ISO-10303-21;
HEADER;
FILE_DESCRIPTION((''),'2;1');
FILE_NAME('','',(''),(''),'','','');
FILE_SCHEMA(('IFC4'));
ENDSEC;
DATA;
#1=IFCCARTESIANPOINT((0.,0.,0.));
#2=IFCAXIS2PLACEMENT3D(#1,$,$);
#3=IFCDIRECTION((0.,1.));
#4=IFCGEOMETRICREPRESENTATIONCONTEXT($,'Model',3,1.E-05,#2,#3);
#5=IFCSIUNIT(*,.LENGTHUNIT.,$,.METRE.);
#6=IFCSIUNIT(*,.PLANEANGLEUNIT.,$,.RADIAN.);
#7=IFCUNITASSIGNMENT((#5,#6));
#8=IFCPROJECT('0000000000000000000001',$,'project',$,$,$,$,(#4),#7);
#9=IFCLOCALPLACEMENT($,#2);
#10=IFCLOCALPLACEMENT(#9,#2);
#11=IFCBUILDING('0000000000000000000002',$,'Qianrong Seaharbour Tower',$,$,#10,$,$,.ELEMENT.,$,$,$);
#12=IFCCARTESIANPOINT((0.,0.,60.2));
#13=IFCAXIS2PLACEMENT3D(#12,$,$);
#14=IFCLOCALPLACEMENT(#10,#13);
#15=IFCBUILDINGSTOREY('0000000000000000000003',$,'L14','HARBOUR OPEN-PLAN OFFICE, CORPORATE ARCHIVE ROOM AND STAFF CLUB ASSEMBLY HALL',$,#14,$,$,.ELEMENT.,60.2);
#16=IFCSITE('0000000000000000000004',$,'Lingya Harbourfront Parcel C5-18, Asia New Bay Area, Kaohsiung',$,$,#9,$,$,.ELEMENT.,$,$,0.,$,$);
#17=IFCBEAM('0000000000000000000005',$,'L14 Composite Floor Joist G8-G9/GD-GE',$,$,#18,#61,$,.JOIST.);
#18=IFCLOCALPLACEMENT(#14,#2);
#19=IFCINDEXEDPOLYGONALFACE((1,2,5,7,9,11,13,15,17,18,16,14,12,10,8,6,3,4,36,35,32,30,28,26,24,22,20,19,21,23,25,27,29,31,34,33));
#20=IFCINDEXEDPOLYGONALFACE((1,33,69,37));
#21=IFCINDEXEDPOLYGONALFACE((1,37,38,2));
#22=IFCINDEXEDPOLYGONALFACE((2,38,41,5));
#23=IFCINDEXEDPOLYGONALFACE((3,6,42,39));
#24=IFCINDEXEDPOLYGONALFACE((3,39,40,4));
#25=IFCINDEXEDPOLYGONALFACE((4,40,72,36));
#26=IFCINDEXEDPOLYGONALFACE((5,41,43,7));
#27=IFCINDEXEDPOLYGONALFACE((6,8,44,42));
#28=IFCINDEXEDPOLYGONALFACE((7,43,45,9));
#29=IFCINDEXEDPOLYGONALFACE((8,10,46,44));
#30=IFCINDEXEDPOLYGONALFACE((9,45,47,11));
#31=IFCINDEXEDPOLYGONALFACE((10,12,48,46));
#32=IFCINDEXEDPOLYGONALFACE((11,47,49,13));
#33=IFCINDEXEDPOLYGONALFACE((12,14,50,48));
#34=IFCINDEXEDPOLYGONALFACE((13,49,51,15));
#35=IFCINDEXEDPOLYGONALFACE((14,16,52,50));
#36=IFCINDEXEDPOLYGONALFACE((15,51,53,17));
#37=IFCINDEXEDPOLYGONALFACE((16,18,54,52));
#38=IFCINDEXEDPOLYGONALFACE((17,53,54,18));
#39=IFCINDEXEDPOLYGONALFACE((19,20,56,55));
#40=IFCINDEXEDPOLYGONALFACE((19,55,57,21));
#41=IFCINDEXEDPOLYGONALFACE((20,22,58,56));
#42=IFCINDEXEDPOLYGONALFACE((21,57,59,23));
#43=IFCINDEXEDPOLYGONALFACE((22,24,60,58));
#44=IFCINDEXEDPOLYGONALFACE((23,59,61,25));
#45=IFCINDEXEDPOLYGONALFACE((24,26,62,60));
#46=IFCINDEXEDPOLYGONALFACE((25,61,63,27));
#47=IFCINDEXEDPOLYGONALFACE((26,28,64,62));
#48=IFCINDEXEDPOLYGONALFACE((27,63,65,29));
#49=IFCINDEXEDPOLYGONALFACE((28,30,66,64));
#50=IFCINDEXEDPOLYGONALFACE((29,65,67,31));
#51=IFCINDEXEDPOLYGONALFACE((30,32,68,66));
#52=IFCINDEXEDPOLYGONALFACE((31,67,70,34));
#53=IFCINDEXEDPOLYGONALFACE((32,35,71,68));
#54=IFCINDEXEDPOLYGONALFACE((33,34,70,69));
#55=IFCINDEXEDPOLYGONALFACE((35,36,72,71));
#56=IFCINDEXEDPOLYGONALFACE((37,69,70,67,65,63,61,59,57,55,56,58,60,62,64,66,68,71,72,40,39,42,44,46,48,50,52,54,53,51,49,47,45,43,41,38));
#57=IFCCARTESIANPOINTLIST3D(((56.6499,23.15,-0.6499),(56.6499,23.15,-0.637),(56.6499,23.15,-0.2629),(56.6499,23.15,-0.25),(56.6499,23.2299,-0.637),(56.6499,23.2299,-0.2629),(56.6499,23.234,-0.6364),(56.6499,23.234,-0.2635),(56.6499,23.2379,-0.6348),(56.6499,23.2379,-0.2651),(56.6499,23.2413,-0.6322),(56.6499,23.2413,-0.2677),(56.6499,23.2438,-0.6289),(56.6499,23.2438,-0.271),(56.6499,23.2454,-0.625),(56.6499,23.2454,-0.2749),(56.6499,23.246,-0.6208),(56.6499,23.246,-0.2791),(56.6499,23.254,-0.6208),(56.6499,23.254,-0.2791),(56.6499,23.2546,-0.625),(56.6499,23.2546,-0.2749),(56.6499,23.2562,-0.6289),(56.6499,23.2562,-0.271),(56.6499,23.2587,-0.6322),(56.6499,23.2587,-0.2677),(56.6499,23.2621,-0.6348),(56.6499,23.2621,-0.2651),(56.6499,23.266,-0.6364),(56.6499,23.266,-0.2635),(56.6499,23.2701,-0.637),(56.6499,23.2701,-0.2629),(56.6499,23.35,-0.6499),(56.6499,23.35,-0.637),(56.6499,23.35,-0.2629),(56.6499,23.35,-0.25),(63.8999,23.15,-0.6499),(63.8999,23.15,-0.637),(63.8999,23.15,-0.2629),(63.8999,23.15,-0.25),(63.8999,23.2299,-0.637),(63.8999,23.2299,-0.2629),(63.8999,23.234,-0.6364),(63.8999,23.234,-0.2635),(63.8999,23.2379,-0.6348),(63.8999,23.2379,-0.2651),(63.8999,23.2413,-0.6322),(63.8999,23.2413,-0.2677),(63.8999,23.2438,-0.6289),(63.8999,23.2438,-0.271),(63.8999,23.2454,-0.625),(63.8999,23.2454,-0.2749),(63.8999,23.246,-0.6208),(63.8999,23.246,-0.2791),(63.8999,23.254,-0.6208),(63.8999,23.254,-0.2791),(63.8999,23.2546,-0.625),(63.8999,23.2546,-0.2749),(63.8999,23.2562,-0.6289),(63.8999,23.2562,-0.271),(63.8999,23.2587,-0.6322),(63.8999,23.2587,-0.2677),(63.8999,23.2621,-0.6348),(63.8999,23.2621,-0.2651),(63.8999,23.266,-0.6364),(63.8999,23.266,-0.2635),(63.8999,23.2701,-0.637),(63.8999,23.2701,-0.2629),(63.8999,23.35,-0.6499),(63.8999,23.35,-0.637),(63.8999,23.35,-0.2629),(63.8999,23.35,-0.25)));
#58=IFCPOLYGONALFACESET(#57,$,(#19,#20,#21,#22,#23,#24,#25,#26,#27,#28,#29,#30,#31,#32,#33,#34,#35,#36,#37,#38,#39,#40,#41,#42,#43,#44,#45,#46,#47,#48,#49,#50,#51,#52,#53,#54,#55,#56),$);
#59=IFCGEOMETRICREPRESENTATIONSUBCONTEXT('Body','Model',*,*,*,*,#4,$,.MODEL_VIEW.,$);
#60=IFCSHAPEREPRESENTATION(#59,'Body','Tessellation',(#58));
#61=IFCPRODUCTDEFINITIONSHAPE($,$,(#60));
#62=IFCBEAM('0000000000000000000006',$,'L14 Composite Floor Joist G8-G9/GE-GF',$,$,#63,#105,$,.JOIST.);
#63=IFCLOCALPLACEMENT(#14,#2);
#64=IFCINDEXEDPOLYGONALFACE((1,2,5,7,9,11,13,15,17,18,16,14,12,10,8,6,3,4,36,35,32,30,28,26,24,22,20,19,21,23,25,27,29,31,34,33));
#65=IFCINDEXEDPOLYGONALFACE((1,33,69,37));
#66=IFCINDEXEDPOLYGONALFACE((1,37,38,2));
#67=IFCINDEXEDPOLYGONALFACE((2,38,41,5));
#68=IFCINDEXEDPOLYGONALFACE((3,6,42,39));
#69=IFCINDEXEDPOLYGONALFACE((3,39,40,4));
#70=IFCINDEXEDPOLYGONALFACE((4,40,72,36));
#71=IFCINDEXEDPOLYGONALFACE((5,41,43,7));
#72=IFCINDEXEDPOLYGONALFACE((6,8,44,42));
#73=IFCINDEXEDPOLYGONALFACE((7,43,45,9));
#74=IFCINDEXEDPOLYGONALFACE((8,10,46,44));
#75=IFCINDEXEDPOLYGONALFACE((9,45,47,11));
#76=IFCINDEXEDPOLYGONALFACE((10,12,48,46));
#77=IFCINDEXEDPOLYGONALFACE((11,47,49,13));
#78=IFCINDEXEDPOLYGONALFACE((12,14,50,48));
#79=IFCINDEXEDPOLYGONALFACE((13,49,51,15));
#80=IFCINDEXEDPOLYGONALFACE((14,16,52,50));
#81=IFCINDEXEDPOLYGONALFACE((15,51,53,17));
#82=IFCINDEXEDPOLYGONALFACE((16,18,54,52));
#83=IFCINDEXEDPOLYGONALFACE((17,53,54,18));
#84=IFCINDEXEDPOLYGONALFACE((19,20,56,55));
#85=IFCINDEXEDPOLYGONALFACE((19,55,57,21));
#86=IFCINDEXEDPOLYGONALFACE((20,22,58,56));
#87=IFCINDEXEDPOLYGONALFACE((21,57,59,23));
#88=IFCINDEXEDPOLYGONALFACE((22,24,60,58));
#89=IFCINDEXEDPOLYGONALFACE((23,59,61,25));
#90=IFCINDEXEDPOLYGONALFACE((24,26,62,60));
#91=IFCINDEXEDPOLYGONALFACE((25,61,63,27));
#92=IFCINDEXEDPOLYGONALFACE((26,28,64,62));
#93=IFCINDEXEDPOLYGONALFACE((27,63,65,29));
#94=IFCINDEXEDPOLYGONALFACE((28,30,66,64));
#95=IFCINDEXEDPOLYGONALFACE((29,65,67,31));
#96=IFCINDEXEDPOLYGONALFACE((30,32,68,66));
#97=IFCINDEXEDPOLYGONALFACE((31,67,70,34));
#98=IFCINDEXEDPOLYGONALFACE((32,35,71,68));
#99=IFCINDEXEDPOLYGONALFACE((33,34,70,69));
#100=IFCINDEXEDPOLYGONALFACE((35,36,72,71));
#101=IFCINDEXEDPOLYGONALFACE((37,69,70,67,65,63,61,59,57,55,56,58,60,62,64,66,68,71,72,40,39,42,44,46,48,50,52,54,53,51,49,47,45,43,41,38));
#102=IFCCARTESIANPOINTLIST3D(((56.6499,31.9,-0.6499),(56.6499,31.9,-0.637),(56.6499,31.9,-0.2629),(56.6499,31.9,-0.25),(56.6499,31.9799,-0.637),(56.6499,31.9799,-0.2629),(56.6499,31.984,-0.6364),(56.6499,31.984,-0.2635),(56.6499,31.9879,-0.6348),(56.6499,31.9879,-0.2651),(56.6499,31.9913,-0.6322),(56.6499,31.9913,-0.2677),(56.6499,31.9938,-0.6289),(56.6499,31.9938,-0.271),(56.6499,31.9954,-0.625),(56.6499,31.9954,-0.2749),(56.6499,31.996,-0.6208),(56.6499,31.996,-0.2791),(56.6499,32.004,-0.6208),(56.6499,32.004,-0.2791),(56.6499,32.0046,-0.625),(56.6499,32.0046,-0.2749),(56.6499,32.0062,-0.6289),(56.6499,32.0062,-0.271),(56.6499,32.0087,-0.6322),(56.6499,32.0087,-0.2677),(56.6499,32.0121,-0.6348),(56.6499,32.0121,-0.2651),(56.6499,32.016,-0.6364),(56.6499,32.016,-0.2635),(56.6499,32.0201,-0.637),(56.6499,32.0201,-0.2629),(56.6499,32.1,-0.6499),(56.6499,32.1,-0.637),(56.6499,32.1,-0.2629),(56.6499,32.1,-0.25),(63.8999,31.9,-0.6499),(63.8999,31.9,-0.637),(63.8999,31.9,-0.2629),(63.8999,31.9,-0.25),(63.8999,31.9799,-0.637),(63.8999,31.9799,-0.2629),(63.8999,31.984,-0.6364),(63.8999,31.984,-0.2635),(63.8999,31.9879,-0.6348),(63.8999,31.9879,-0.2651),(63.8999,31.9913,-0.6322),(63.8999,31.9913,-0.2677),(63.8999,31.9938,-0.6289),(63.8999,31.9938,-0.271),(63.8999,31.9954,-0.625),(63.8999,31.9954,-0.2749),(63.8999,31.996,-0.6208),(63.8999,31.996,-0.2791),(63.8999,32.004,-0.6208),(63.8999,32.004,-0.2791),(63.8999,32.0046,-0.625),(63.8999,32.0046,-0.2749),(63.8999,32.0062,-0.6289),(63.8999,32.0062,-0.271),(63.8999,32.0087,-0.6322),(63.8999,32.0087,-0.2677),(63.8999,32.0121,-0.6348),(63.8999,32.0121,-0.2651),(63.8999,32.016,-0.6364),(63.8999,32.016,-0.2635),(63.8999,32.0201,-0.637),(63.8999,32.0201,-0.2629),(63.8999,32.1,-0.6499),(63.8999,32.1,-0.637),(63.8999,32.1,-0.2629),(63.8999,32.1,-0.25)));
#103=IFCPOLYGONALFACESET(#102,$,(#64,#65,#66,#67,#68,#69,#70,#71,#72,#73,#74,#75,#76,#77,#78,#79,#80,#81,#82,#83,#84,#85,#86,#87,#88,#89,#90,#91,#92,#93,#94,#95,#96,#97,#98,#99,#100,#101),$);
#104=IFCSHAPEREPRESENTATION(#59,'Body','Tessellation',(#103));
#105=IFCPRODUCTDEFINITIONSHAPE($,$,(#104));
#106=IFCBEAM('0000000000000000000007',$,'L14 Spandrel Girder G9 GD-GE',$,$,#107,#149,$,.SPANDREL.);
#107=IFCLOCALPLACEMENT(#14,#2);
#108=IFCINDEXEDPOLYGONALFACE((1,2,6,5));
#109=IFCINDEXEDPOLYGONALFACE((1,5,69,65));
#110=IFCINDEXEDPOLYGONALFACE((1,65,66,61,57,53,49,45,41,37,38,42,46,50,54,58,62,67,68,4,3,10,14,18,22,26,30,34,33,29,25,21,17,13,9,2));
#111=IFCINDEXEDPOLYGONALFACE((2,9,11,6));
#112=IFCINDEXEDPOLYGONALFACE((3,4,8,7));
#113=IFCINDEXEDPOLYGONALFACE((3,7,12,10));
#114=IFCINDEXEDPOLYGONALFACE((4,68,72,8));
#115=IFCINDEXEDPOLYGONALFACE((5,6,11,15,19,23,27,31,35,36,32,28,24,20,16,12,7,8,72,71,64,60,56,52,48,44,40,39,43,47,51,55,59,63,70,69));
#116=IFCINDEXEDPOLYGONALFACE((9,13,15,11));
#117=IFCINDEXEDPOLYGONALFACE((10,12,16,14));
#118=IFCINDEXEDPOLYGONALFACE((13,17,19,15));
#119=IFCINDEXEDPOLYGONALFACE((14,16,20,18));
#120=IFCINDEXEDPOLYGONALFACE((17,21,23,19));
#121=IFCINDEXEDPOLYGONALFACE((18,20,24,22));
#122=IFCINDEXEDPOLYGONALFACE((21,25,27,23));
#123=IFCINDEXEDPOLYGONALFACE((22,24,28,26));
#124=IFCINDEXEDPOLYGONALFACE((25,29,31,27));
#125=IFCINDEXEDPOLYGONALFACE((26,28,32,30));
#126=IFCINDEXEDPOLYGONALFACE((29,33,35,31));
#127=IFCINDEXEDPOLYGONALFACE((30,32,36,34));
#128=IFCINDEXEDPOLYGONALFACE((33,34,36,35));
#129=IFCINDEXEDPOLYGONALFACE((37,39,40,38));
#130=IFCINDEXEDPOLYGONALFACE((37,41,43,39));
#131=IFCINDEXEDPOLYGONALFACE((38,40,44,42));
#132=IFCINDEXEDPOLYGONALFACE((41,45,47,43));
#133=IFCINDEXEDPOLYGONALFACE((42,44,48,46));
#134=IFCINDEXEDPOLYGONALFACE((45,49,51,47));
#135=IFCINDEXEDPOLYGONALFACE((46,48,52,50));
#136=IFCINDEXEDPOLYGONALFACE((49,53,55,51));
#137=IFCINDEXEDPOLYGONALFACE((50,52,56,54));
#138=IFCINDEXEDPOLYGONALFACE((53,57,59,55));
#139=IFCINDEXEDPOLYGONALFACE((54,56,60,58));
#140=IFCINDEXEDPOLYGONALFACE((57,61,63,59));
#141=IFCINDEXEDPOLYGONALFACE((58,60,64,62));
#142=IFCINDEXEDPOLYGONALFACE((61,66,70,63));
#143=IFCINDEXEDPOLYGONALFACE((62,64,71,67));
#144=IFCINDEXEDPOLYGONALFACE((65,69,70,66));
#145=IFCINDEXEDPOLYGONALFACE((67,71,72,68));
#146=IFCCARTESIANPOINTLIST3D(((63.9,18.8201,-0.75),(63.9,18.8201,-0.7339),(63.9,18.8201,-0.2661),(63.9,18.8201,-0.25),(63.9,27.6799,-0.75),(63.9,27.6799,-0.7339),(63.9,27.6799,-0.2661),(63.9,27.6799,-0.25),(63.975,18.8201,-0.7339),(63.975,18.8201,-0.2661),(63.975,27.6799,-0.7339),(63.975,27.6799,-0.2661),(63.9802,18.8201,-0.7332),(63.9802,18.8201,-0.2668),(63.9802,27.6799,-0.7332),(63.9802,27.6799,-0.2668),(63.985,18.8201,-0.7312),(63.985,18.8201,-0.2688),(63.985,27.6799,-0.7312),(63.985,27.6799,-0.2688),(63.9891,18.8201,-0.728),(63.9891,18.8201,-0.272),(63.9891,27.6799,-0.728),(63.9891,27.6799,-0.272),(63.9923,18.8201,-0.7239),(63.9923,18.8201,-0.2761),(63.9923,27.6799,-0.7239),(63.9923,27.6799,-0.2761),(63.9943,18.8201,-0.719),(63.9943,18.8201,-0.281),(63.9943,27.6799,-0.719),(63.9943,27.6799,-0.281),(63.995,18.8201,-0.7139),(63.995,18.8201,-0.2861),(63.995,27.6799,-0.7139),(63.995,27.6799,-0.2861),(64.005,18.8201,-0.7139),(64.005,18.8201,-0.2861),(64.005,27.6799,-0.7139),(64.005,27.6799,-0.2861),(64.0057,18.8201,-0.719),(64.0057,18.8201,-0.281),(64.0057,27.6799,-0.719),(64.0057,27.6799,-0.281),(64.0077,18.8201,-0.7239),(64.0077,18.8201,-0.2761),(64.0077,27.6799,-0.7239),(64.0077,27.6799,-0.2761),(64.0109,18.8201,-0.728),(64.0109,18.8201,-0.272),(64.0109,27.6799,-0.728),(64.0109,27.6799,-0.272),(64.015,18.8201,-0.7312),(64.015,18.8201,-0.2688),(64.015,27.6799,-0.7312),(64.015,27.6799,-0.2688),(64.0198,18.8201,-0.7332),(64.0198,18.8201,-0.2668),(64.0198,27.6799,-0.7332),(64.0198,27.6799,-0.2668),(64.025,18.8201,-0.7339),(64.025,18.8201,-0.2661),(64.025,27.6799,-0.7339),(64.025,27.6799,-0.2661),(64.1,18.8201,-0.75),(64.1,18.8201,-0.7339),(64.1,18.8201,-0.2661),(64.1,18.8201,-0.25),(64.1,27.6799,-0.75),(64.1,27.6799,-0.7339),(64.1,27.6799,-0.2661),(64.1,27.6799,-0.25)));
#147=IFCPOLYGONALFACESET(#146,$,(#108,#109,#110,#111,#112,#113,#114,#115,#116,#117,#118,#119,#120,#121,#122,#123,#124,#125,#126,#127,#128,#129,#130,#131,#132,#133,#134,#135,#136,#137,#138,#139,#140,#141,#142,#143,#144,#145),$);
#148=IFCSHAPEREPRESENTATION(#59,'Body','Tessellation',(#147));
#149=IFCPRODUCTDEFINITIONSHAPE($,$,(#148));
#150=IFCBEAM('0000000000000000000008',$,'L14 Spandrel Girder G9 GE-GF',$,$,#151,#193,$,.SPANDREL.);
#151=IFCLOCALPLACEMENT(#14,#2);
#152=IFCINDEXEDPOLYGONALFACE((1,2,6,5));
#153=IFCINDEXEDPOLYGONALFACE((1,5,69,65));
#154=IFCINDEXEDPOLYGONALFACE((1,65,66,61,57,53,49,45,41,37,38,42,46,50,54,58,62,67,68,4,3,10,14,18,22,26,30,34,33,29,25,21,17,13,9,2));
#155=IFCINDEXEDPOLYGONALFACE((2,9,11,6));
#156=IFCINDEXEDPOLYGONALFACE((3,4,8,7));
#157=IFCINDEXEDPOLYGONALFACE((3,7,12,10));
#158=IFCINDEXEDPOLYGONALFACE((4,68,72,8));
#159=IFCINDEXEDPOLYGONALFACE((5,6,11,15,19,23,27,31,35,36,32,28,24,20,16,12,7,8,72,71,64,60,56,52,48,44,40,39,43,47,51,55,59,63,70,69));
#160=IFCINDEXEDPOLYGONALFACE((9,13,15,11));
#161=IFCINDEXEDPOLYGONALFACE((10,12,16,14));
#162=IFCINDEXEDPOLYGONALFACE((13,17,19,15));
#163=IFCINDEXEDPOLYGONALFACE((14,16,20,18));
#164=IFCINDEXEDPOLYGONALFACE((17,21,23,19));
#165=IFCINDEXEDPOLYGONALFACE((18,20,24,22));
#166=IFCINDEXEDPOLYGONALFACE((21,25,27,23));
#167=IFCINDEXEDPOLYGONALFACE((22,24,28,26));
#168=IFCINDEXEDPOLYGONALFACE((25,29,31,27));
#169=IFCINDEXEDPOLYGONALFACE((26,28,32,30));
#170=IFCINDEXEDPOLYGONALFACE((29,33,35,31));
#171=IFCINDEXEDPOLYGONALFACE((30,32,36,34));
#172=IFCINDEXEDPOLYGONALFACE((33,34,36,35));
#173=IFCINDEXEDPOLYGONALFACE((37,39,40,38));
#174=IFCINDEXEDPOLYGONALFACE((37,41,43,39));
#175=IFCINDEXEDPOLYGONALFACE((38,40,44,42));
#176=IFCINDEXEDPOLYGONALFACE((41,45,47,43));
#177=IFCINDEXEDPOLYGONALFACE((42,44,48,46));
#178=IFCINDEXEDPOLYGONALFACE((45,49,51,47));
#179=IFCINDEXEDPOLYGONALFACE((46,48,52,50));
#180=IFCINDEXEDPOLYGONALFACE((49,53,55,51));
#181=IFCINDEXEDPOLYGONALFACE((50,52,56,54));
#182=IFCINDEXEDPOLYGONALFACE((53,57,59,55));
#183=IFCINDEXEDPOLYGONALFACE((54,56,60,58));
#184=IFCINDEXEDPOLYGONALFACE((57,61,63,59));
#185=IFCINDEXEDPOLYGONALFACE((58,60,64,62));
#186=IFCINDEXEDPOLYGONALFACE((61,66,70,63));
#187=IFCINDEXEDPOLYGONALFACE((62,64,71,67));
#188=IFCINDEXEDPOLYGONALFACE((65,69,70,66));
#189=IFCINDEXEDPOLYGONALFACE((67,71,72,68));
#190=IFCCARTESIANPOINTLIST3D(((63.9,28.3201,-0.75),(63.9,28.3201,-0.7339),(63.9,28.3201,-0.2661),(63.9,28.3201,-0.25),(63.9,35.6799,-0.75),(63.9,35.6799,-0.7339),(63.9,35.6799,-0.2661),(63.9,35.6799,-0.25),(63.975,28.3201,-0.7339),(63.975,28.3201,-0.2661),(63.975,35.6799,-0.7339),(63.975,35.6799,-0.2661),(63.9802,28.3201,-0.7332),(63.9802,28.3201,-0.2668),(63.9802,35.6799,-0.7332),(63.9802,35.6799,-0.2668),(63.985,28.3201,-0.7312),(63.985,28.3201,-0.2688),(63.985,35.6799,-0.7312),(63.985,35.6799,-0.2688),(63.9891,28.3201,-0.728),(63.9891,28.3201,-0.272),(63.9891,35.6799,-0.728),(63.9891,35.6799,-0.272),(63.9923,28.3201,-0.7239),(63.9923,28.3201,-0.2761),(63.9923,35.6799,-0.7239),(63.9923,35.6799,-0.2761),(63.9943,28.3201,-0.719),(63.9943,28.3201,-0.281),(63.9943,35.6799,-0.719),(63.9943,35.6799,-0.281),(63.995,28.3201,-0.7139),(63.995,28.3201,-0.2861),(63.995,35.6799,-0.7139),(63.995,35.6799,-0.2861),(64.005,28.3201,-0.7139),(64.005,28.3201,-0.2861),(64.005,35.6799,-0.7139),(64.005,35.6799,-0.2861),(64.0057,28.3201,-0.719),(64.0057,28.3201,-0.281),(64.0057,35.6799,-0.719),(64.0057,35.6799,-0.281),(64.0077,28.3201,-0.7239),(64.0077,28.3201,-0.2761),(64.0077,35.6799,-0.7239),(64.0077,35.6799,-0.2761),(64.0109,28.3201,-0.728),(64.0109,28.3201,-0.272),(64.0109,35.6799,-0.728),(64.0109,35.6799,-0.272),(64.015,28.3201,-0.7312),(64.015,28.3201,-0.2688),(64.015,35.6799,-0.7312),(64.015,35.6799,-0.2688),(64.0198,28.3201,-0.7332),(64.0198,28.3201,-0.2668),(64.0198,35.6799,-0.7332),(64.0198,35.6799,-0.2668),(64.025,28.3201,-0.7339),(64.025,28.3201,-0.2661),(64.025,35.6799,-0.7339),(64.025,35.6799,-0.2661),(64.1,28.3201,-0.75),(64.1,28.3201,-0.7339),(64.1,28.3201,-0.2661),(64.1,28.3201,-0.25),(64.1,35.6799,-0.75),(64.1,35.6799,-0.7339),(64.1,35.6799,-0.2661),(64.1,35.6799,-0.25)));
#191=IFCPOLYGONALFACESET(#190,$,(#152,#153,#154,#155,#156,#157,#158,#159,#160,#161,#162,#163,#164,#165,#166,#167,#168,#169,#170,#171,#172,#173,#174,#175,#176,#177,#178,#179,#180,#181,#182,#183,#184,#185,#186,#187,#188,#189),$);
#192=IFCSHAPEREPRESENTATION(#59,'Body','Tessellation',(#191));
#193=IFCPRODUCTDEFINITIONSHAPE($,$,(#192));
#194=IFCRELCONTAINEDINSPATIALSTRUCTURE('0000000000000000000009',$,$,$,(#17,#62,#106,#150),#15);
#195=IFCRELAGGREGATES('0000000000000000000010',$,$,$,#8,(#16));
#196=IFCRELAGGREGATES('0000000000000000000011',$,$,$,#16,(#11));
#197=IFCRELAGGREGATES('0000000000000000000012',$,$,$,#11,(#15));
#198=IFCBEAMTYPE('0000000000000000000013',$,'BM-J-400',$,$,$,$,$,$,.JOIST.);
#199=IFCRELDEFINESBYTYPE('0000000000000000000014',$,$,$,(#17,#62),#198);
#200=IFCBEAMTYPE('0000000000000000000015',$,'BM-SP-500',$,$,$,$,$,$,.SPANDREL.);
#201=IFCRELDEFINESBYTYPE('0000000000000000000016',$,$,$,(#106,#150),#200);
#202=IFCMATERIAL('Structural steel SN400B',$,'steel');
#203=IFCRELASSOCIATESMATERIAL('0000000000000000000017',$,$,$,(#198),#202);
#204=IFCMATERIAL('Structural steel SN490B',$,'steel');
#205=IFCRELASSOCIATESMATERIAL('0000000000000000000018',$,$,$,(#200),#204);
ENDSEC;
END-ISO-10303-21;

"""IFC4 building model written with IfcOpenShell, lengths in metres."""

from ifc_helpers import new_model, si_unit, direction, frame, origin, origin_2d, place, context, subcontext, project, spatial, i_section, extrude, material, material_profile, profile_set, type_object, element, save


model = new_model("IFC4")

# Units and contexts
model_context = context("Model", 3, precision=1e-05, world=origin(), true_north=direction((0.0, 1.0)))
body_context = subcontext(model_context, "Body", "Model", "MODEL_VIEW")
ifc_project = project(units=[si_unit("LENGTHUNIT", "METRE"), si_unit("PLANEANGLEUNIT", "RADIAN")], contexts=[model_context])

# Site, building, storey
site_placement = place(None, origin())
site = spatial("IfcSite", under=ifc_project, at=site_placement, Name="Lingya Harbourfront Parcel C5-18, Asia New Bay Area, Kaohsiung", CompositionType="ELEMENT", RefElevation=0.0)
building_placement = place(site_placement, origin())
building = spatial("IfcBuilding", under=site, at=building_placement, Name="Qianrong Seaharbour Tower", CompositionType="ELEMENT")
storey_placement = place(building_placement, frame((0.0, 0.0, 60.2)))
storey = spatial("IfcBuildingStorey", under=building, at=storey_placement, Name="L14", Description="HARBOUR OPEN-PLAN OFFICE, CORPORATE ARCHIVE ROOM AND STAFF CLUB ASSEMBLY HALL", CompositionType="ELEMENT", Elevation=60.2)

# Shared definitions
ifc_material_1 = material(Name="Structural steel SN490B", Category="steel")

# Beams
ifc_material_2 = material(Name="Structural steel SN400B", Category="steel")
ifc_material_profile_1 = material_profile(ifc_material_2, i_section(OverallWidth=0.2, OverallDepth=0.3999, WebThickness=0.0081, FlangeThickness=0.0129, FilletRadius=0.0161, at=origin_2d()), Name="H400x200x8x13")
ifc_profile_set_1 = profile_set([ifc_material_profile_1], Name="Structural steel SN400B")
beam_type_1 = type_object("IfcBeamType", Name="BM-J-400", PredefinedType="JOIST", material=ifc_profile_set_1)
for number, where, z_axis, x_axis, name in (
    (1, (56.6499, 23.25, -0.45), (1.0, 0.0, 0.0), (0.0, 1.0, 0.0), "L14 Composite Floor Joist G8-G9/GD-GE"),
    (2, (56.6499, 32.0, -0.45), (1.0, 0.0, 0.0), (0.0, 1.0, 0.0), "L14 Composite Floor Joist G8-G9/GE-GF"),
):
    element("IfcBeam", number, at=place(storey_placement, frame(where, z_axis=z_axis, x_axis=x_axis)), inside=storey, type_object=beam_type_1, Name=name, PredefinedType="JOIST", context=body_context, shape_type="SweptSolid", body=[
        extrude(i_section(OverallWidth=0.2, OverallDepth=0.3999, WebThickness=0.0081, FlangeThickness=0.0129, FilletRadius=0.0161, at=origin_2d()), origin(), (0.0, 0.0, 1.0), 7.25),
    ])
ifc_material_profile_2 = material_profile(ifc_material_1, i_section(OverallWidth=0.2, OverallDepth=0.5, WebThickness=0.01, FlangeThickness=0.0161, FilletRadius=0.02, at=origin_2d()), Name="H500x200x10x16")
ifc_profile_set_2 = profile_set([ifc_material_profile_2], Name="Structural steel SN490B")
beam_type_2 = type_object("IfcBeamType", Name="BM-SP-500", PredefinedType="SPANDREL", material=ifc_profile_set_2)
beam_1_placement = place(storey_placement, frame((64.0, 18.8201, -0.5), z_axis=(0.0, 1.0, 0.0), x_axis=(-1.0, 0.0, 0.0)))
element("IfcBeam", 3, at=beam_1_placement, inside=storey, type_object=beam_type_2, Name="L14 Spandrel Girder G9 GD-GE", PredefinedType="SPANDREL", context=body_context, shape_type="SweptSolid", body=[
    extrude(i_section(OverallWidth=0.2, OverallDepth=0.5, WebThickness=0.01, FlangeThickness=0.0161, FilletRadius=0.02, at=origin_2d()), origin(), (0.0, 0.0, 1.0), 8.8599),
])
beam_2_placement = place(storey_placement, frame((64.0, 28.3201, -0.5), z_axis=(0.0, 1.0, 0.0), x_axis=(-1.0, 0.0, 0.0)))
element("IfcBeam", 4, at=beam_2_placement, inside=storey, type_object=beam_type_2, Name="L14 Spandrel Girder G9 GE-GF", PredefinedType="SPANDREL", context=body_context, shape_type="SweptSolid", body=[
    extrude(i_section(OverallWidth=0.2, OverallDepth=0.5, WebThickness=0.01, FlangeThickness=0.0161, FilletRadius=0.02, at=origin_2d()), origin(), (0.0, 0.0, 1.0), 7.3599),
])

save(model, "model.ifc")
